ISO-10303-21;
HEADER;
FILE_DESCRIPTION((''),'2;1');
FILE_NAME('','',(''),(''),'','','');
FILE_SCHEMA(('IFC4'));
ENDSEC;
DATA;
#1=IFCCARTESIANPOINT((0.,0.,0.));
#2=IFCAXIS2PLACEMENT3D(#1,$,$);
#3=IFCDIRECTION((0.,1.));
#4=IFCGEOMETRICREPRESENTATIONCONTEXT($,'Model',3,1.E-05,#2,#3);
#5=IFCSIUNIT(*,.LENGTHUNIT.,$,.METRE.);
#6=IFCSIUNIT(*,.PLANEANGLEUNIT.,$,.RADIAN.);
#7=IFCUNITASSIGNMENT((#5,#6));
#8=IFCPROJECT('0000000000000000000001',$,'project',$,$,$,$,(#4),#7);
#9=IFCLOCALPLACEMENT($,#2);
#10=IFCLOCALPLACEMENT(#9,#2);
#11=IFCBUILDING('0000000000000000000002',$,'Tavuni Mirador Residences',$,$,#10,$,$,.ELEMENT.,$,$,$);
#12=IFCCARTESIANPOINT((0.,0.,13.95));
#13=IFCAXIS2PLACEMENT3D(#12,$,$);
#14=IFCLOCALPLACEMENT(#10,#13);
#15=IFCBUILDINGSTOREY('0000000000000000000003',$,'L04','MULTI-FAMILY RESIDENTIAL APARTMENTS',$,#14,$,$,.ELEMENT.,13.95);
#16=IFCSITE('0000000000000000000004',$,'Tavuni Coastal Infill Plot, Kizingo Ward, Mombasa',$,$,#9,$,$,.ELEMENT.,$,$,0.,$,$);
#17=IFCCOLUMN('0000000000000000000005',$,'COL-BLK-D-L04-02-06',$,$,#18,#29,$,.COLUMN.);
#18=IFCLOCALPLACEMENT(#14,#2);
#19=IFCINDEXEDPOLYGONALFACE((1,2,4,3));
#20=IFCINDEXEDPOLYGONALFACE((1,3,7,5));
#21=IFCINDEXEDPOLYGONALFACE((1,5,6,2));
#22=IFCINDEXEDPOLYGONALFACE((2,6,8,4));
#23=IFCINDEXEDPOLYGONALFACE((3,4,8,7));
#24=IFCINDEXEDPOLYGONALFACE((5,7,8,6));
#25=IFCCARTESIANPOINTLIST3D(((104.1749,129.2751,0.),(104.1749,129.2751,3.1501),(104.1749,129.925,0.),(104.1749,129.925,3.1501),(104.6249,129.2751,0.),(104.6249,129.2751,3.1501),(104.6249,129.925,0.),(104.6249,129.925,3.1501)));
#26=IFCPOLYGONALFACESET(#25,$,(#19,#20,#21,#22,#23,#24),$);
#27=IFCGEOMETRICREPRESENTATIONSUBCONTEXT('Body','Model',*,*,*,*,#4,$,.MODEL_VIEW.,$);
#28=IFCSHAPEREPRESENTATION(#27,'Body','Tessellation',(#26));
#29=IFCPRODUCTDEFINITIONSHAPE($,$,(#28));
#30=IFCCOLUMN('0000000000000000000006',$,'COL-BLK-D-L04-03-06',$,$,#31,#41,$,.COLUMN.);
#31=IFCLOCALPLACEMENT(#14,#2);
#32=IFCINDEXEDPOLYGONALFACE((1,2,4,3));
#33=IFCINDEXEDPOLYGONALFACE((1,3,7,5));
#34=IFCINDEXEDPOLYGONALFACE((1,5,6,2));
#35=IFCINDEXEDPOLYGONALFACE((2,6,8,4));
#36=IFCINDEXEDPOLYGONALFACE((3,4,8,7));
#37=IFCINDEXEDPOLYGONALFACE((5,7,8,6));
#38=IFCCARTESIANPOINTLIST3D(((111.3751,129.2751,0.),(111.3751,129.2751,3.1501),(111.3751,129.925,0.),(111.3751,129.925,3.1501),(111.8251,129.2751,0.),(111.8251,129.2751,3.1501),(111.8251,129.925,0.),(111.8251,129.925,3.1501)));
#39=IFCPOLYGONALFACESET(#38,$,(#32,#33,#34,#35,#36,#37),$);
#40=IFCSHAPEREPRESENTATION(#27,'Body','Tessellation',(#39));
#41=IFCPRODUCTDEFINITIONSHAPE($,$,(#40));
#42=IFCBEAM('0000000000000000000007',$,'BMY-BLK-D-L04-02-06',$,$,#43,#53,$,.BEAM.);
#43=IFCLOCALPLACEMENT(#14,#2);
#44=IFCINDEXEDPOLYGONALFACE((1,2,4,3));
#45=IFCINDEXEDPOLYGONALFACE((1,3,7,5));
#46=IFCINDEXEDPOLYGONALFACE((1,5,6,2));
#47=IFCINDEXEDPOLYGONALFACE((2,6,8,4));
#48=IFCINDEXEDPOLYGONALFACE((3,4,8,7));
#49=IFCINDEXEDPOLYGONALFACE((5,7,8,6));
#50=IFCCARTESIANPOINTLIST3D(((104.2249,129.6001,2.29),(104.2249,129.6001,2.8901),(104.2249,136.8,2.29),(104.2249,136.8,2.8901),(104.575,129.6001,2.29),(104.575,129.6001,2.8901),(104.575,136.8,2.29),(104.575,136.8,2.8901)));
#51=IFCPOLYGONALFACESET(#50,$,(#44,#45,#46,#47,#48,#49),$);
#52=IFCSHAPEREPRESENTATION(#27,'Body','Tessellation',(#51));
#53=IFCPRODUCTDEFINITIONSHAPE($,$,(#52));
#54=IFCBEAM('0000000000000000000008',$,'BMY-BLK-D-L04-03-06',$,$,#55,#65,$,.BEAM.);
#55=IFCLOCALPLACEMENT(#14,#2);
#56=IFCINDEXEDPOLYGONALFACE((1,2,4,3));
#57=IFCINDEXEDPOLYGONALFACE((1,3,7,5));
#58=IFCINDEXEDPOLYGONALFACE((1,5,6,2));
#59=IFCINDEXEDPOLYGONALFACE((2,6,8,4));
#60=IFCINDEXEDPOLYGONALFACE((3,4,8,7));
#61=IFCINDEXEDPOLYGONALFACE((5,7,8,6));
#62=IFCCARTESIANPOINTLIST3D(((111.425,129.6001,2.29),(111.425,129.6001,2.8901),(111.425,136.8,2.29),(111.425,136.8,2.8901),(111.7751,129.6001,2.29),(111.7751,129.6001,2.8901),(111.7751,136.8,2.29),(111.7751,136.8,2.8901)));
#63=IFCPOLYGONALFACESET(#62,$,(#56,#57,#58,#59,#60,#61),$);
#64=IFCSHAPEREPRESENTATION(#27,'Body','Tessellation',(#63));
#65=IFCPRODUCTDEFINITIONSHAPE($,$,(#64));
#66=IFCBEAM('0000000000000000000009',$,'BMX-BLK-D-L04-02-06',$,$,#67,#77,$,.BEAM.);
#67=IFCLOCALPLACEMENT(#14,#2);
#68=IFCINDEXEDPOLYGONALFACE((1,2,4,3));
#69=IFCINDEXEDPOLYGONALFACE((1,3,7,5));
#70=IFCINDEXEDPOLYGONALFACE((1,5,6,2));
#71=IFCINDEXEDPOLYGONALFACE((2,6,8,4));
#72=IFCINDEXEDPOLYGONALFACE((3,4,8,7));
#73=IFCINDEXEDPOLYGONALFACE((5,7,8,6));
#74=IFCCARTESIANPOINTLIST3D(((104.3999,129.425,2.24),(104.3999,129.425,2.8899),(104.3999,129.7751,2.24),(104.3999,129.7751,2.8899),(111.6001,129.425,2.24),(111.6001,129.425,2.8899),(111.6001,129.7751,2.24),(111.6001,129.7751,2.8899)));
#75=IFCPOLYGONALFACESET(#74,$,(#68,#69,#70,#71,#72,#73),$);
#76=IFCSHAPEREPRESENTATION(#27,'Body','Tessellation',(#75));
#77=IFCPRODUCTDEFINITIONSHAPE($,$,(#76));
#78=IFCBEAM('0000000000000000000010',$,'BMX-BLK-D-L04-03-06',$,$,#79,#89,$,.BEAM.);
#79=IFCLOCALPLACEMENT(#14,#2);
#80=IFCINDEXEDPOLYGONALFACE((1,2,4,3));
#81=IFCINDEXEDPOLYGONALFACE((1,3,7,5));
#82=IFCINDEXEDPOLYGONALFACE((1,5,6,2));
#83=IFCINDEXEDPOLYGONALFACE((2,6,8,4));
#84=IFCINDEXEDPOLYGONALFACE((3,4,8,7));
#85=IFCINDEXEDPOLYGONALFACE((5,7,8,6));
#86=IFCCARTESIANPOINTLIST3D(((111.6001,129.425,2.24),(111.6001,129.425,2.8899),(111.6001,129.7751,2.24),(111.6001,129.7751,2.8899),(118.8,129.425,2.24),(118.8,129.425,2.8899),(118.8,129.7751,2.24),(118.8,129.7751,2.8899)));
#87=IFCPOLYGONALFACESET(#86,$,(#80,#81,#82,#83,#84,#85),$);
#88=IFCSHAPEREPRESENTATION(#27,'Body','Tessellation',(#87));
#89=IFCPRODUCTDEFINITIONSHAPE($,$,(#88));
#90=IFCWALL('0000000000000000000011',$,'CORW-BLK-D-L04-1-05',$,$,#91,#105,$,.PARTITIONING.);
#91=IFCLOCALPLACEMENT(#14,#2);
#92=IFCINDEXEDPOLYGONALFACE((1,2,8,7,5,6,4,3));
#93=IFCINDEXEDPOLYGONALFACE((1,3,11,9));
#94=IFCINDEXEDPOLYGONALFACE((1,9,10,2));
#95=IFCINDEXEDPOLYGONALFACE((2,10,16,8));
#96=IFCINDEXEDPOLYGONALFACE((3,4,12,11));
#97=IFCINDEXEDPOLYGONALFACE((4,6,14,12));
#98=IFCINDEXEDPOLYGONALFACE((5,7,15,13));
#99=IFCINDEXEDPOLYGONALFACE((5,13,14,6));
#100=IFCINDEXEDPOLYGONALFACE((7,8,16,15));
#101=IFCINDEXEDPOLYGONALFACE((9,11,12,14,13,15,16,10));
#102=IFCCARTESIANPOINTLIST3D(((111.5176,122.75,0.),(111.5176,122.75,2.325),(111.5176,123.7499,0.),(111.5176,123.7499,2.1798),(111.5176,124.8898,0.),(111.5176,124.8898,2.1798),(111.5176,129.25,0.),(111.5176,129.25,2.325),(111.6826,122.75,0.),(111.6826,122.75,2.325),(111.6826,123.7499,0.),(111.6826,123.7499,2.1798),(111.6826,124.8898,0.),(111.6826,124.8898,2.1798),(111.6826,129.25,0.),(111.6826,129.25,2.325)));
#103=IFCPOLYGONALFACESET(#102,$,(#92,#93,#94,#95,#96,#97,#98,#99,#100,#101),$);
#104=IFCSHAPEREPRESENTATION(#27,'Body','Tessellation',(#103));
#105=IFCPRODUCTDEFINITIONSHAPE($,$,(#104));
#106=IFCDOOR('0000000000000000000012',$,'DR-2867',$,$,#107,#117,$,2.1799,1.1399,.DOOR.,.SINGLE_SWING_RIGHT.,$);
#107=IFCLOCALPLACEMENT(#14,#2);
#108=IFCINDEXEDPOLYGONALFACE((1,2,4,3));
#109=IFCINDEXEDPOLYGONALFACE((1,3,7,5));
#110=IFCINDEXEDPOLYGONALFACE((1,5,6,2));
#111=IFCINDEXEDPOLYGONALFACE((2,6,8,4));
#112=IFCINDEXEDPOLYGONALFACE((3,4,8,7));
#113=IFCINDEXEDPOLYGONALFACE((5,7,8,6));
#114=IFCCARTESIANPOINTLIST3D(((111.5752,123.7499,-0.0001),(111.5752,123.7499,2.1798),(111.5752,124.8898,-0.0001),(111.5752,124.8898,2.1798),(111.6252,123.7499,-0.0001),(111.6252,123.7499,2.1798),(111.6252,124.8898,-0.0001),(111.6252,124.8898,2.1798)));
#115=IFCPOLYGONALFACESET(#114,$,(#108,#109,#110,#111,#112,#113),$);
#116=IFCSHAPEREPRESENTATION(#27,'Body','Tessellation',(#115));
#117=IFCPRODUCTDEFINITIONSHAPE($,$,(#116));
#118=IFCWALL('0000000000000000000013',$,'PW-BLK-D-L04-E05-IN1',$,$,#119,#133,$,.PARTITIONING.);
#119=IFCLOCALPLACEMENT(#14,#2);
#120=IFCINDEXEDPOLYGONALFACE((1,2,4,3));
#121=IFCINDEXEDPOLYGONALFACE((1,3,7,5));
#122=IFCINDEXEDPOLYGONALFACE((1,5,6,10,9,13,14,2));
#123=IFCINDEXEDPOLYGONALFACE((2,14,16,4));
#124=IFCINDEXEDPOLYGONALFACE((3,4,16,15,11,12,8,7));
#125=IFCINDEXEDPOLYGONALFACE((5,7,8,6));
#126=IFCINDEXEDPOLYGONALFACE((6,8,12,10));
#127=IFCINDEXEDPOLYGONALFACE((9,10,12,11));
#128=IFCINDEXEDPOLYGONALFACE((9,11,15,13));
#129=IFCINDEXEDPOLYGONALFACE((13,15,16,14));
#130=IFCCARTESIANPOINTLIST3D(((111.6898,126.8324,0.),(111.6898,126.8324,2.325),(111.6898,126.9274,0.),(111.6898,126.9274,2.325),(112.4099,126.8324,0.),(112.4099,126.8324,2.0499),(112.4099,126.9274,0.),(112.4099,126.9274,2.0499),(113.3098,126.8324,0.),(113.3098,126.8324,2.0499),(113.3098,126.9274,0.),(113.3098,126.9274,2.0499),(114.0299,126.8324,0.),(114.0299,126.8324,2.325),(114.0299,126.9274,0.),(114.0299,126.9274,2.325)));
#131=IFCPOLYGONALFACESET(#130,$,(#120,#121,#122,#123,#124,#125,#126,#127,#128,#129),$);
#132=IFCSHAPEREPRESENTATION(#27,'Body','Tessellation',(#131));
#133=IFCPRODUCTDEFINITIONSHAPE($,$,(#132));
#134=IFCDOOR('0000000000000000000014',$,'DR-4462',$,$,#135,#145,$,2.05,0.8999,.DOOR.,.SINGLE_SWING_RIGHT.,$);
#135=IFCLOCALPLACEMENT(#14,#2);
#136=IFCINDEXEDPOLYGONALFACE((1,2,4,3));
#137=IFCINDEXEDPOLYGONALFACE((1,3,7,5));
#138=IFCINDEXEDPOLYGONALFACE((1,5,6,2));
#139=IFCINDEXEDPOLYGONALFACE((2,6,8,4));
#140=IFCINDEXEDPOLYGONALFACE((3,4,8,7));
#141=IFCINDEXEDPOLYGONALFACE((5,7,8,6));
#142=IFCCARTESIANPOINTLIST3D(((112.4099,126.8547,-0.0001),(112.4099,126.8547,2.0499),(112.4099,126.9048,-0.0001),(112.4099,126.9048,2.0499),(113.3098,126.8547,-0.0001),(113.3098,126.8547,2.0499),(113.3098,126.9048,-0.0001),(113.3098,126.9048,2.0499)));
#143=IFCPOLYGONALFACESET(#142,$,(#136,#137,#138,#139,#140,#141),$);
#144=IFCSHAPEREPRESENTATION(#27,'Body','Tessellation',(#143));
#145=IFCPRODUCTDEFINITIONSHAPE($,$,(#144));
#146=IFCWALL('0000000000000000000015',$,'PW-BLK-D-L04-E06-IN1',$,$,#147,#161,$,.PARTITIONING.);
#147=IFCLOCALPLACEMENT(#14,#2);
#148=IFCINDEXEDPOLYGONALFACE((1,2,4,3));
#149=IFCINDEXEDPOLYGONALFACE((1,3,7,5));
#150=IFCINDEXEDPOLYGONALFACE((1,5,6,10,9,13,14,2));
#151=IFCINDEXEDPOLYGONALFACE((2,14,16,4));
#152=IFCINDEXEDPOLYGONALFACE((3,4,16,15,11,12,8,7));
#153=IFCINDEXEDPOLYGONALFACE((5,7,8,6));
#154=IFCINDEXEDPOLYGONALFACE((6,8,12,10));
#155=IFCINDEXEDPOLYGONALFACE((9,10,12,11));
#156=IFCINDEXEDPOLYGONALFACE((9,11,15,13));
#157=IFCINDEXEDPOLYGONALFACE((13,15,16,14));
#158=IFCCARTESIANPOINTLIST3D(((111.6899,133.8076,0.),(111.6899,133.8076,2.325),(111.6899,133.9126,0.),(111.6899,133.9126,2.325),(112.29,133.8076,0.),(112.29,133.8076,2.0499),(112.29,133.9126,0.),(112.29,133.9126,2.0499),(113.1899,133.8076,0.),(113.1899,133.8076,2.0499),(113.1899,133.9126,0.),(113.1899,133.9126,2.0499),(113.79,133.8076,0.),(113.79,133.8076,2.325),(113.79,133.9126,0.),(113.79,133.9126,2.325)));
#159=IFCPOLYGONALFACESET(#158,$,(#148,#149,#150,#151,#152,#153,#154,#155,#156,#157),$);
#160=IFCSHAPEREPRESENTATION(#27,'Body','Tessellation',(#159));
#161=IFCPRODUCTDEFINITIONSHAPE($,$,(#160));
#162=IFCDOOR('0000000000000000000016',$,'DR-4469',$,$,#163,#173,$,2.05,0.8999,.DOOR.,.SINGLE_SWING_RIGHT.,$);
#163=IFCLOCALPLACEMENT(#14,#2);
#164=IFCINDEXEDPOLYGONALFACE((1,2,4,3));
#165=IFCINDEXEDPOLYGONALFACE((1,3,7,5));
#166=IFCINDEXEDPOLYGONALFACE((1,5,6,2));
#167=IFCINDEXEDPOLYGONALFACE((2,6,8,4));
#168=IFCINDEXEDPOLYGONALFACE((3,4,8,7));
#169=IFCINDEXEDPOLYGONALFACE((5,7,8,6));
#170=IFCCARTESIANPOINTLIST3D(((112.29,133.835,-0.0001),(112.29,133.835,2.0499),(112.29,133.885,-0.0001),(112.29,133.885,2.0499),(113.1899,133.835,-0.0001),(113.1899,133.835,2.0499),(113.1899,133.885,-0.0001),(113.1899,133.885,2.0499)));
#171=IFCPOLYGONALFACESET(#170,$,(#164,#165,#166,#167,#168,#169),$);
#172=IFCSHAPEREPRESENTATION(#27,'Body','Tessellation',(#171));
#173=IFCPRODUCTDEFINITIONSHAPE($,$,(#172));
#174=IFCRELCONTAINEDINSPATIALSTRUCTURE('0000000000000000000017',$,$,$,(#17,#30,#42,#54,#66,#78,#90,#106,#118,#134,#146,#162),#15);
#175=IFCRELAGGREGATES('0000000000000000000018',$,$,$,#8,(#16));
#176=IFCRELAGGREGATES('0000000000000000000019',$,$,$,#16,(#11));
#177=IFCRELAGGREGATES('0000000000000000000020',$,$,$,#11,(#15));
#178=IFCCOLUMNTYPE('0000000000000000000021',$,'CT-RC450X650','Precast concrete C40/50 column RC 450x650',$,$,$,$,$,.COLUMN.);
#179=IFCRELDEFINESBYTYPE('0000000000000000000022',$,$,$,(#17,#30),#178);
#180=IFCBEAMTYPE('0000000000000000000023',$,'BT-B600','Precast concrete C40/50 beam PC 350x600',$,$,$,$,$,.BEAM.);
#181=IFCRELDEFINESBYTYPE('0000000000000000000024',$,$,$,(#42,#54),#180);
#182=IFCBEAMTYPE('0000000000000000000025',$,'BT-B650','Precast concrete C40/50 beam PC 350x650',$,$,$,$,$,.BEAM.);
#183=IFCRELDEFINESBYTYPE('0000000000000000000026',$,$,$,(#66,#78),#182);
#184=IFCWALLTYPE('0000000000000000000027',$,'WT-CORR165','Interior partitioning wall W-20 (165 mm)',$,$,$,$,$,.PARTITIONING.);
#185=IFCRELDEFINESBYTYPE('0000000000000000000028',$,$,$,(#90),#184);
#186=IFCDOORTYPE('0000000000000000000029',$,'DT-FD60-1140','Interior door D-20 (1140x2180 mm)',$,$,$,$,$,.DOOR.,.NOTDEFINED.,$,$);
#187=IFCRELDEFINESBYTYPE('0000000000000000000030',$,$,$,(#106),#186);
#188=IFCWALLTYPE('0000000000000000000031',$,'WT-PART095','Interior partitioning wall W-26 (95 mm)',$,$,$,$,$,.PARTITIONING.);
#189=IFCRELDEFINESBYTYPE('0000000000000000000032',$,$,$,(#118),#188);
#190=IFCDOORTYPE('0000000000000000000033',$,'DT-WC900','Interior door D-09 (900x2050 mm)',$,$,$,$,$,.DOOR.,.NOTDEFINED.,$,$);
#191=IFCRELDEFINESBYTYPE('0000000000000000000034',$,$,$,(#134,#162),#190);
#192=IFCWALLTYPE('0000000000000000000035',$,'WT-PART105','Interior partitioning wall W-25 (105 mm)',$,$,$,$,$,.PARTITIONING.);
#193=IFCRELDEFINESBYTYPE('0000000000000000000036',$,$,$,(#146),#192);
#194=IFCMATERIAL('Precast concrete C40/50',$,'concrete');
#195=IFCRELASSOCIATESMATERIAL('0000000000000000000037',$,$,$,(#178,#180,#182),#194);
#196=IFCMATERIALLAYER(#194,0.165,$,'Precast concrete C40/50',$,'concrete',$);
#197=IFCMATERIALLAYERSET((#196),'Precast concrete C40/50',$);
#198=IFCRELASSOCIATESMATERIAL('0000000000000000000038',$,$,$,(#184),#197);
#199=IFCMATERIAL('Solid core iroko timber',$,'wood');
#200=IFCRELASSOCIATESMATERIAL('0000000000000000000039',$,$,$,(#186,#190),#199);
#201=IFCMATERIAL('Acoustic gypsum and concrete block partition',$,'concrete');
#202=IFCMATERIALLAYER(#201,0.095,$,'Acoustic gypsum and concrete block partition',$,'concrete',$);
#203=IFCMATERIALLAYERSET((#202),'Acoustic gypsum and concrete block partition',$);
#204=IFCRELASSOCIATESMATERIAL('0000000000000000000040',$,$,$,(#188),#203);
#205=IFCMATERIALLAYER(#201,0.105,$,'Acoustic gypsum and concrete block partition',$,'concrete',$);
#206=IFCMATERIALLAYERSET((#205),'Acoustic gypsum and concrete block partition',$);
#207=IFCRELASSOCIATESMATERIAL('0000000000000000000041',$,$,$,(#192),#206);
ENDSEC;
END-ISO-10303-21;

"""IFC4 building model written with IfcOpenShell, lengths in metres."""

from ifc_helpers import new_model, si_unit, direction, frame, frame_2d, origin, origin_2d, place, context, subcontext, project, spatial, rectangle, extrude, material, layer, layer_set, material_profile, profile_set, type_object, element, fill, save


model = new_model("IFC4")

# Units and contexts
model_context = context("Model", 3, precision=1e-05, world=origin(), true_north=direction((0.0, 1.0)))
body_context = subcontext(model_context, "Body", "Model", "MODEL_VIEW")
ifc_project = project(units=[si_unit("LENGTHUNIT", "METRE"), si_unit("PLANEANGLEUNIT", "RADIAN")], contexts=[model_context])

# Site, building, storey
site_placement = place(None, origin())
site = spatial("IfcSite", under=ifc_project, at=site_placement, Name="Tavuni Coastal Infill Plot, Kizingo Ward, Mombasa", CompositionType="ELEMENT", RefElevation=0.0)
building_placement = place(site_placement, origin())
building = spatial("IfcBuilding", under=site, at=building_placement, Name="Tavuni Mirador Residences", CompositionType="ELEMENT")
storey_placement = place(building_placement, frame((0.0, 0.0, 13.95)))
storey = spatial("IfcBuildingStorey", under=building, at=storey_placement, Name="L04", Description="MULTI-FAMILY RESIDENTIAL APARTMENTS", CompositionType="ELEMENT", Elevation=13.95)

# Columns
ifc_material_1 = material(Name="Precast concrete C40/50", Category="concrete")
ifc_material_profile_1 = material_profile(ifc_material_1, rectangle(XDim=0.45, YDim=0.6499, at=origin_2d()), Name="RC 450x650", Category="concrete")
ifc_profile_set_1 = profile_set([ifc_material_profile_1], Name="Precast concrete C40/50")
column_type = type_object("IfcColumnType", Name="CT-RC450X650", Description="Precast concrete C40/50 column RC 450x650", PredefinedType="COLUMN", material=ifc_profile_set_1)
for number, where, z_axis, x_axis, name in (
    (1, (104.3999, 129.6001, 0.0), (0.0, 0.0, 1.0), (1.0, 0.0, 0.0), "COL-BLK-D-L04-02-06"),
    (2, (111.6001, 129.6001, 0.0), (0.0, 0.0, 1.0), (1.0, 0.0, 0.0), "COL-BLK-D-L04-03-06"),
):
    element("IfcColumn", number, at=place(storey_placement, frame(where, z_axis=z_axis, x_axis=x_axis)), inside=storey, type_object=column_type, Name=name, PredefinedType="COLUMN", context=body_context, shape_type="SweptSolid", body=[
        extrude(rectangle(XDim=0.45, YDim=0.6499, at=origin_2d()), origin(), (0.0, 0.0, 1.0), 3.1501),
    ])

# Beams
ifc_material_profile_2 = material_profile(ifc_material_1, rectangle(XDim=0.3501, YDim=0.6001, at=origin_2d()), Name="PC 350x600", Category="concrete")
ifc_profile_set_2 = profile_set([ifc_material_profile_2], Name="Precast concrete C40/50")
beam_type_1 = type_object("IfcBeamType", Name="BT-B600", Description="Precast concrete C40/50 beam PC 350x600", PredefinedType="BEAM", material=ifc_profile_set_2)
for number, where, z_axis, x_axis, name in (
    (3, (104.3999, 129.6001, 2.5901), (0.0, 1.0, 0.0), (-1.0, 0.0, 0.0), "BMY-BLK-D-L04-02-06"),
    (4, (111.6001, 129.6001, 2.5901), (0.0, 1.0, 0.0), (-1.0, 0.0, 0.0), "BMY-BLK-D-L04-03-06"),
):
    element("IfcBeam", number, at=place(storey_placement, frame(where, z_axis=z_axis, x_axis=x_axis)), inside=storey, type_object=beam_type_1, Name=name, PredefinedType="BEAM", context=body_context, shape_type="SweptSolid", body=[
        extrude(rectangle(XDim=0.3501, YDim=0.6001, at=origin_2d()), origin(), (0.0, 0.0, 1.0), 7.2),
    ])
ifc_material_profile_3 = material_profile(ifc_material_1, rectangle(XDim=0.3501, YDim=0.6499, at=origin_2d()), Name="PC 350x650", Category="concrete")
ifc_profile_set_3 = profile_set([ifc_material_profile_3], Name="Precast concrete C40/50")
beam_type_2 = type_object("IfcBeamType", Name="BT-B650", Description="Precast concrete C40/50 beam PC 350x650", PredefinedType="BEAM", material=ifc_profile_set_3)
beam_1_placement = place(storey_placement, frame((104.3999, 129.6001, 2.5649), z_axis=(1.0, 0.0, 0.0), x_axis=(0.0, 1.0, 0.0)))
element("IfcBeam", 5, at=beam_1_placement, inside=storey, type_object=beam_type_2, Name="BMX-BLK-D-L04-02-06", PredefinedType="BEAM", context=body_context, shape_type="SweptSolid", body=[
    extrude(rectangle(XDim=0.3501, YDim=0.6499, at=origin_2d()), origin(), (0.0, 0.0, 1.0), 7.2002),
])
beam_2_placement = place(storey_placement, frame((111.6001, 129.6001, 2.5649), z_axis=(1.0, 0.0, 0.0), x_axis=(0.0, 1.0, 0.0)))
element("IfcBeam", 6, at=beam_2_placement, inside=storey, type_object=beam_type_2, Name="BMX-BLK-D-L04-03-06", PredefinedType="BEAM", context=body_context, shape_type="SweptSolid", body=[
    extrude(rectangle(XDim=0.3501, YDim=0.6499, at=origin_2d()), origin(), (0.0, 0.0, 1.0), 7.2),
])

# Walls, openings, doors
ifc_layer_1 = layer(ifc_material_1, 0.165, Name="Precast concrete C40/50", Category="concrete")
ifc_layer_set_1 = layer_set([ifc_layer_1], Name="Precast concrete C40/50")
wall_type_1 = type_object("IfcWallType", Name="WT-CORR165", Description="Interior partitioning wall W-20 (165 mm)", PredefinedType="PARTITIONING", material=ifc_layer_set_1)
wall_1_placement = place(storey_placement, frame((111.6001, 122.75, 0.0), z_axis=(0.0, 0.0, 1.0), x_axis=(0.0, 1.0, 0.0)))
wall_1 = element("IfcWall", 7, at=wall_1_placement, inside=storey, type_object=wall_type_1, Name="CORW-BLK-D-L04-1-05", PredefinedType="PARTITIONING", context=body_context, shape_type="SweptSolid", body=[
    extrude(rectangle(XDim=6.5, YDim=0.165, at=frame_2d((3.25, 0.0))), origin(), (0.0, 0.0, 1.0), 2.325),
])
opening_1_placement = place(wall_1_placement, frame((1.0, 0.0, 0.0)))
opening_1 = element("IfcOpeningElement", 8, at=opening_1_placement, cuts=wall_1, PredefinedType="OPENING", context=body_context, shape_type="SweptSolid", body=[
    extrude(rectangle(XDim=1.1399, YDim=2.1799, at=frame_2d((0.5698, 1.0898))), frame((0.0, 0.0925, 0.0), z_axis=(0.0, -1.0, 0.0), x_axis=(1.0, 0.0, 0.0)), (0.0, 0.0, 1.0), 0.1851),
])
ifc_material_2 = material(Name="Solid core iroko timber", Category="wood")
door_type_1 = type_object("IfcDoorType", Name="DT-FD60-1140", Description="Interior door D-20 (1140x2180 mm)", OperationType="NOTDEFINED", PredefinedType="DOOR", material=ifc_material_2)
door_1_placement = place(opening_1_placement, origin())
door_1 = element("IfcDoor", 9, at=door_1_placement, inside=storey, type_object=door_type_1, Name="DR-2867", OperationType="SINGLE_SWING_RIGHT", OverallHeight=2.1799, OverallWidth=1.1399, PredefinedType="DOOR", context=body_context, shape_type="SweptSolid", body=[
    extrude(rectangle(XDim=1.1399, YDim=2.1799, at=frame_2d((0.5698, 1.0898))), frame((0.0, 0.0249, 0.0), z_axis=(0.0, -1.0, 0.0), x_axis=(1.0, 0.0, 0.0)), (0.0, 0.0, 1.0), 0.05),
])
fill(opening_1, door_1)
ifc_material_3 = material(Name="Acoustic gypsum and concrete block partition", Category="concrete")
ifc_layer_2 = layer(ifc_material_3, 0.095, Name="Acoustic gypsum and concrete block partition", Category="concrete")
ifc_layer_set_2 = layer_set([ifc_layer_2], Name="Acoustic gypsum and concrete block partition")
wall_type_2 = type_object("IfcWallType", Name="WT-PART095", Description="Interior partitioning wall W-26 (95 mm)", PredefinedType="PARTITIONING", material=ifc_layer_set_2)
wall_2_placement = place(storey_placement, frame((111.6899, 126.8799, 0.0), z_axis=(0.0, 0.0, 1.0), x_axis=(1.0, 0.0, 0.0)))
wall_2 = element("IfcWall", 10, at=wall_2_placement, inside=storey, type_object=wall_type_2, Name="PW-BLK-D-L04-E05-IN1", PredefinedType="PARTITIONING", context=body_context, shape_type="SweptSolid", body=[
    extrude(rectangle(XDim=2.3401, YDim=0.095, at=frame_2d((1.1699, 0.0))), origin(), (0.0, 0.0, 1.0), 2.325),
])
opening_2_placement = place(wall_2_placement, frame((0.72, 0.0, 0.0)))
opening_2 = element("IfcOpeningElement", 11, at=opening_2_placement, cuts=wall_2, PredefinedType="OPENING", context=body_context, shape_type="SweptSolid", body=[
    extrude(rectangle(XDim=0.8999, YDim=2.05, at=frame_2d((0.45, 1.0249))), frame((0.0, 0.0576, 0.0), z_axis=(0.0, -1.0, 0.0), x_axis=(1.0, 0.0, 0.0)), (0.0, 0.0, 1.0), 0.115),
])
door_type_2 = type_object("IfcDoorType", Name="DT-WC900", Description="Interior door D-09 (900x2050 mm)", OperationType="NOTDEFINED", PredefinedType="DOOR", material=ifc_material_2)
door_2_placement = place(opening_2_placement, origin())
door_2 = element("IfcDoor", 12, at=door_2_placement, inside=storey, type_object=door_type_2, Name="DR-4462", OperationType="SINGLE_SWING_RIGHT", OverallHeight=2.05, OverallWidth=0.8999, PredefinedType="DOOR", context=body_context, shape_type="SweptSolid", body=[
    extrude(rectangle(XDim=0.8999, YDim=2.05, at=frame_2d((0.45, 1.0249))), frame((0.0, 0.0249, 0.0), z_axis=(0.0, -1.0, 0.0), x_axis=(1.0, 0.0, 0.0)), (0.0, 0.0, 1.0), 0.05),
])
fill(opening_2, door_2)
ifc_layer_3 = layer(ifc_material_3, 0.105, Name="Acoustic gypsum and concrete block partition", Category="concrete")
ifc_layer_set_3 = layer_set([ifc_layer_3], Name="Acoustic gypsum and concrete block partition")
wall_type_3 = type_object("IfcWallType", Name="WT-PART105", Description="Interior partitioning wall W-25 (105 mm)", PredefinedType="PARTITIONING", material=ifc_layer_set_3)
wall_3_placement = place(storey_placement, frame((111.6899, 133.8601, 0.0), z_axis=(0.0, 0.0, 1.0), x_axis=(1.0, 0.0, 0.0)))
wall_3 = element("IfcWall", 13, at=wall_3_placement, inside=storey, type_object=wall_type_3, Name="PW-BLK-D-L04-E06-IN1", PredefinedType="PARTITIONING", context=body_context, shape_type="SweptSolid", body=[
    extrude(rectangle(XDim=2.1001, YDim=0.105, at=frame_2d((1.05, 0.0))), origin(), (0.0, 0.0, 1.0), 2.325),
])
opening_3_placement = place(wall_3_placement, frame((0.6001, 0.0, 0.0)))
opening_3 = element("IfcOpeningElement", 14, at=opening_3_placement, cuts=wall_3, PredefinedType="OPENING", context=body_context, shape_type="SweptSolid", body=[
    extrude(rectangle(XDim=0.8999, YDim=2.05, at=frame_2d((0.45, 1.0249))), frame((0.0, 0.0625, 0.0), z_axis=(0.0, -1.0, 0.0), x_axis=(1.0, 0.0, 0.0)), (0.0, 0.0, 1.0), 0.125),
])
door_3_placement = place(opening_3_placement, origin())
door_3 = element("IfcDoor", 15, at=door_3_placement, inside=storey, type_object=door_type_2, Name="DR-4469", OperationType="SINGLE_SWING_RIGHT", OverallHeight=2.05, OverallWidth=0.8999, PredefinedType="DOOR", context=body_context, shape_type="SweptSolid", body=[
    extrude(rectangle(XDim=0.8999, YDim=2.05, at=frame_2d((0.45, 1.0249))), frame((0.0, 0.0249, 0.0), z_axis=(0.0, -1.0, 0.0), x_axis=(1.0, 0.0, 0.0)), (0.0, 0.0, 1.0), 0.05),
])
fill(opening_3, door_3)

save(model, "model.ifc")
